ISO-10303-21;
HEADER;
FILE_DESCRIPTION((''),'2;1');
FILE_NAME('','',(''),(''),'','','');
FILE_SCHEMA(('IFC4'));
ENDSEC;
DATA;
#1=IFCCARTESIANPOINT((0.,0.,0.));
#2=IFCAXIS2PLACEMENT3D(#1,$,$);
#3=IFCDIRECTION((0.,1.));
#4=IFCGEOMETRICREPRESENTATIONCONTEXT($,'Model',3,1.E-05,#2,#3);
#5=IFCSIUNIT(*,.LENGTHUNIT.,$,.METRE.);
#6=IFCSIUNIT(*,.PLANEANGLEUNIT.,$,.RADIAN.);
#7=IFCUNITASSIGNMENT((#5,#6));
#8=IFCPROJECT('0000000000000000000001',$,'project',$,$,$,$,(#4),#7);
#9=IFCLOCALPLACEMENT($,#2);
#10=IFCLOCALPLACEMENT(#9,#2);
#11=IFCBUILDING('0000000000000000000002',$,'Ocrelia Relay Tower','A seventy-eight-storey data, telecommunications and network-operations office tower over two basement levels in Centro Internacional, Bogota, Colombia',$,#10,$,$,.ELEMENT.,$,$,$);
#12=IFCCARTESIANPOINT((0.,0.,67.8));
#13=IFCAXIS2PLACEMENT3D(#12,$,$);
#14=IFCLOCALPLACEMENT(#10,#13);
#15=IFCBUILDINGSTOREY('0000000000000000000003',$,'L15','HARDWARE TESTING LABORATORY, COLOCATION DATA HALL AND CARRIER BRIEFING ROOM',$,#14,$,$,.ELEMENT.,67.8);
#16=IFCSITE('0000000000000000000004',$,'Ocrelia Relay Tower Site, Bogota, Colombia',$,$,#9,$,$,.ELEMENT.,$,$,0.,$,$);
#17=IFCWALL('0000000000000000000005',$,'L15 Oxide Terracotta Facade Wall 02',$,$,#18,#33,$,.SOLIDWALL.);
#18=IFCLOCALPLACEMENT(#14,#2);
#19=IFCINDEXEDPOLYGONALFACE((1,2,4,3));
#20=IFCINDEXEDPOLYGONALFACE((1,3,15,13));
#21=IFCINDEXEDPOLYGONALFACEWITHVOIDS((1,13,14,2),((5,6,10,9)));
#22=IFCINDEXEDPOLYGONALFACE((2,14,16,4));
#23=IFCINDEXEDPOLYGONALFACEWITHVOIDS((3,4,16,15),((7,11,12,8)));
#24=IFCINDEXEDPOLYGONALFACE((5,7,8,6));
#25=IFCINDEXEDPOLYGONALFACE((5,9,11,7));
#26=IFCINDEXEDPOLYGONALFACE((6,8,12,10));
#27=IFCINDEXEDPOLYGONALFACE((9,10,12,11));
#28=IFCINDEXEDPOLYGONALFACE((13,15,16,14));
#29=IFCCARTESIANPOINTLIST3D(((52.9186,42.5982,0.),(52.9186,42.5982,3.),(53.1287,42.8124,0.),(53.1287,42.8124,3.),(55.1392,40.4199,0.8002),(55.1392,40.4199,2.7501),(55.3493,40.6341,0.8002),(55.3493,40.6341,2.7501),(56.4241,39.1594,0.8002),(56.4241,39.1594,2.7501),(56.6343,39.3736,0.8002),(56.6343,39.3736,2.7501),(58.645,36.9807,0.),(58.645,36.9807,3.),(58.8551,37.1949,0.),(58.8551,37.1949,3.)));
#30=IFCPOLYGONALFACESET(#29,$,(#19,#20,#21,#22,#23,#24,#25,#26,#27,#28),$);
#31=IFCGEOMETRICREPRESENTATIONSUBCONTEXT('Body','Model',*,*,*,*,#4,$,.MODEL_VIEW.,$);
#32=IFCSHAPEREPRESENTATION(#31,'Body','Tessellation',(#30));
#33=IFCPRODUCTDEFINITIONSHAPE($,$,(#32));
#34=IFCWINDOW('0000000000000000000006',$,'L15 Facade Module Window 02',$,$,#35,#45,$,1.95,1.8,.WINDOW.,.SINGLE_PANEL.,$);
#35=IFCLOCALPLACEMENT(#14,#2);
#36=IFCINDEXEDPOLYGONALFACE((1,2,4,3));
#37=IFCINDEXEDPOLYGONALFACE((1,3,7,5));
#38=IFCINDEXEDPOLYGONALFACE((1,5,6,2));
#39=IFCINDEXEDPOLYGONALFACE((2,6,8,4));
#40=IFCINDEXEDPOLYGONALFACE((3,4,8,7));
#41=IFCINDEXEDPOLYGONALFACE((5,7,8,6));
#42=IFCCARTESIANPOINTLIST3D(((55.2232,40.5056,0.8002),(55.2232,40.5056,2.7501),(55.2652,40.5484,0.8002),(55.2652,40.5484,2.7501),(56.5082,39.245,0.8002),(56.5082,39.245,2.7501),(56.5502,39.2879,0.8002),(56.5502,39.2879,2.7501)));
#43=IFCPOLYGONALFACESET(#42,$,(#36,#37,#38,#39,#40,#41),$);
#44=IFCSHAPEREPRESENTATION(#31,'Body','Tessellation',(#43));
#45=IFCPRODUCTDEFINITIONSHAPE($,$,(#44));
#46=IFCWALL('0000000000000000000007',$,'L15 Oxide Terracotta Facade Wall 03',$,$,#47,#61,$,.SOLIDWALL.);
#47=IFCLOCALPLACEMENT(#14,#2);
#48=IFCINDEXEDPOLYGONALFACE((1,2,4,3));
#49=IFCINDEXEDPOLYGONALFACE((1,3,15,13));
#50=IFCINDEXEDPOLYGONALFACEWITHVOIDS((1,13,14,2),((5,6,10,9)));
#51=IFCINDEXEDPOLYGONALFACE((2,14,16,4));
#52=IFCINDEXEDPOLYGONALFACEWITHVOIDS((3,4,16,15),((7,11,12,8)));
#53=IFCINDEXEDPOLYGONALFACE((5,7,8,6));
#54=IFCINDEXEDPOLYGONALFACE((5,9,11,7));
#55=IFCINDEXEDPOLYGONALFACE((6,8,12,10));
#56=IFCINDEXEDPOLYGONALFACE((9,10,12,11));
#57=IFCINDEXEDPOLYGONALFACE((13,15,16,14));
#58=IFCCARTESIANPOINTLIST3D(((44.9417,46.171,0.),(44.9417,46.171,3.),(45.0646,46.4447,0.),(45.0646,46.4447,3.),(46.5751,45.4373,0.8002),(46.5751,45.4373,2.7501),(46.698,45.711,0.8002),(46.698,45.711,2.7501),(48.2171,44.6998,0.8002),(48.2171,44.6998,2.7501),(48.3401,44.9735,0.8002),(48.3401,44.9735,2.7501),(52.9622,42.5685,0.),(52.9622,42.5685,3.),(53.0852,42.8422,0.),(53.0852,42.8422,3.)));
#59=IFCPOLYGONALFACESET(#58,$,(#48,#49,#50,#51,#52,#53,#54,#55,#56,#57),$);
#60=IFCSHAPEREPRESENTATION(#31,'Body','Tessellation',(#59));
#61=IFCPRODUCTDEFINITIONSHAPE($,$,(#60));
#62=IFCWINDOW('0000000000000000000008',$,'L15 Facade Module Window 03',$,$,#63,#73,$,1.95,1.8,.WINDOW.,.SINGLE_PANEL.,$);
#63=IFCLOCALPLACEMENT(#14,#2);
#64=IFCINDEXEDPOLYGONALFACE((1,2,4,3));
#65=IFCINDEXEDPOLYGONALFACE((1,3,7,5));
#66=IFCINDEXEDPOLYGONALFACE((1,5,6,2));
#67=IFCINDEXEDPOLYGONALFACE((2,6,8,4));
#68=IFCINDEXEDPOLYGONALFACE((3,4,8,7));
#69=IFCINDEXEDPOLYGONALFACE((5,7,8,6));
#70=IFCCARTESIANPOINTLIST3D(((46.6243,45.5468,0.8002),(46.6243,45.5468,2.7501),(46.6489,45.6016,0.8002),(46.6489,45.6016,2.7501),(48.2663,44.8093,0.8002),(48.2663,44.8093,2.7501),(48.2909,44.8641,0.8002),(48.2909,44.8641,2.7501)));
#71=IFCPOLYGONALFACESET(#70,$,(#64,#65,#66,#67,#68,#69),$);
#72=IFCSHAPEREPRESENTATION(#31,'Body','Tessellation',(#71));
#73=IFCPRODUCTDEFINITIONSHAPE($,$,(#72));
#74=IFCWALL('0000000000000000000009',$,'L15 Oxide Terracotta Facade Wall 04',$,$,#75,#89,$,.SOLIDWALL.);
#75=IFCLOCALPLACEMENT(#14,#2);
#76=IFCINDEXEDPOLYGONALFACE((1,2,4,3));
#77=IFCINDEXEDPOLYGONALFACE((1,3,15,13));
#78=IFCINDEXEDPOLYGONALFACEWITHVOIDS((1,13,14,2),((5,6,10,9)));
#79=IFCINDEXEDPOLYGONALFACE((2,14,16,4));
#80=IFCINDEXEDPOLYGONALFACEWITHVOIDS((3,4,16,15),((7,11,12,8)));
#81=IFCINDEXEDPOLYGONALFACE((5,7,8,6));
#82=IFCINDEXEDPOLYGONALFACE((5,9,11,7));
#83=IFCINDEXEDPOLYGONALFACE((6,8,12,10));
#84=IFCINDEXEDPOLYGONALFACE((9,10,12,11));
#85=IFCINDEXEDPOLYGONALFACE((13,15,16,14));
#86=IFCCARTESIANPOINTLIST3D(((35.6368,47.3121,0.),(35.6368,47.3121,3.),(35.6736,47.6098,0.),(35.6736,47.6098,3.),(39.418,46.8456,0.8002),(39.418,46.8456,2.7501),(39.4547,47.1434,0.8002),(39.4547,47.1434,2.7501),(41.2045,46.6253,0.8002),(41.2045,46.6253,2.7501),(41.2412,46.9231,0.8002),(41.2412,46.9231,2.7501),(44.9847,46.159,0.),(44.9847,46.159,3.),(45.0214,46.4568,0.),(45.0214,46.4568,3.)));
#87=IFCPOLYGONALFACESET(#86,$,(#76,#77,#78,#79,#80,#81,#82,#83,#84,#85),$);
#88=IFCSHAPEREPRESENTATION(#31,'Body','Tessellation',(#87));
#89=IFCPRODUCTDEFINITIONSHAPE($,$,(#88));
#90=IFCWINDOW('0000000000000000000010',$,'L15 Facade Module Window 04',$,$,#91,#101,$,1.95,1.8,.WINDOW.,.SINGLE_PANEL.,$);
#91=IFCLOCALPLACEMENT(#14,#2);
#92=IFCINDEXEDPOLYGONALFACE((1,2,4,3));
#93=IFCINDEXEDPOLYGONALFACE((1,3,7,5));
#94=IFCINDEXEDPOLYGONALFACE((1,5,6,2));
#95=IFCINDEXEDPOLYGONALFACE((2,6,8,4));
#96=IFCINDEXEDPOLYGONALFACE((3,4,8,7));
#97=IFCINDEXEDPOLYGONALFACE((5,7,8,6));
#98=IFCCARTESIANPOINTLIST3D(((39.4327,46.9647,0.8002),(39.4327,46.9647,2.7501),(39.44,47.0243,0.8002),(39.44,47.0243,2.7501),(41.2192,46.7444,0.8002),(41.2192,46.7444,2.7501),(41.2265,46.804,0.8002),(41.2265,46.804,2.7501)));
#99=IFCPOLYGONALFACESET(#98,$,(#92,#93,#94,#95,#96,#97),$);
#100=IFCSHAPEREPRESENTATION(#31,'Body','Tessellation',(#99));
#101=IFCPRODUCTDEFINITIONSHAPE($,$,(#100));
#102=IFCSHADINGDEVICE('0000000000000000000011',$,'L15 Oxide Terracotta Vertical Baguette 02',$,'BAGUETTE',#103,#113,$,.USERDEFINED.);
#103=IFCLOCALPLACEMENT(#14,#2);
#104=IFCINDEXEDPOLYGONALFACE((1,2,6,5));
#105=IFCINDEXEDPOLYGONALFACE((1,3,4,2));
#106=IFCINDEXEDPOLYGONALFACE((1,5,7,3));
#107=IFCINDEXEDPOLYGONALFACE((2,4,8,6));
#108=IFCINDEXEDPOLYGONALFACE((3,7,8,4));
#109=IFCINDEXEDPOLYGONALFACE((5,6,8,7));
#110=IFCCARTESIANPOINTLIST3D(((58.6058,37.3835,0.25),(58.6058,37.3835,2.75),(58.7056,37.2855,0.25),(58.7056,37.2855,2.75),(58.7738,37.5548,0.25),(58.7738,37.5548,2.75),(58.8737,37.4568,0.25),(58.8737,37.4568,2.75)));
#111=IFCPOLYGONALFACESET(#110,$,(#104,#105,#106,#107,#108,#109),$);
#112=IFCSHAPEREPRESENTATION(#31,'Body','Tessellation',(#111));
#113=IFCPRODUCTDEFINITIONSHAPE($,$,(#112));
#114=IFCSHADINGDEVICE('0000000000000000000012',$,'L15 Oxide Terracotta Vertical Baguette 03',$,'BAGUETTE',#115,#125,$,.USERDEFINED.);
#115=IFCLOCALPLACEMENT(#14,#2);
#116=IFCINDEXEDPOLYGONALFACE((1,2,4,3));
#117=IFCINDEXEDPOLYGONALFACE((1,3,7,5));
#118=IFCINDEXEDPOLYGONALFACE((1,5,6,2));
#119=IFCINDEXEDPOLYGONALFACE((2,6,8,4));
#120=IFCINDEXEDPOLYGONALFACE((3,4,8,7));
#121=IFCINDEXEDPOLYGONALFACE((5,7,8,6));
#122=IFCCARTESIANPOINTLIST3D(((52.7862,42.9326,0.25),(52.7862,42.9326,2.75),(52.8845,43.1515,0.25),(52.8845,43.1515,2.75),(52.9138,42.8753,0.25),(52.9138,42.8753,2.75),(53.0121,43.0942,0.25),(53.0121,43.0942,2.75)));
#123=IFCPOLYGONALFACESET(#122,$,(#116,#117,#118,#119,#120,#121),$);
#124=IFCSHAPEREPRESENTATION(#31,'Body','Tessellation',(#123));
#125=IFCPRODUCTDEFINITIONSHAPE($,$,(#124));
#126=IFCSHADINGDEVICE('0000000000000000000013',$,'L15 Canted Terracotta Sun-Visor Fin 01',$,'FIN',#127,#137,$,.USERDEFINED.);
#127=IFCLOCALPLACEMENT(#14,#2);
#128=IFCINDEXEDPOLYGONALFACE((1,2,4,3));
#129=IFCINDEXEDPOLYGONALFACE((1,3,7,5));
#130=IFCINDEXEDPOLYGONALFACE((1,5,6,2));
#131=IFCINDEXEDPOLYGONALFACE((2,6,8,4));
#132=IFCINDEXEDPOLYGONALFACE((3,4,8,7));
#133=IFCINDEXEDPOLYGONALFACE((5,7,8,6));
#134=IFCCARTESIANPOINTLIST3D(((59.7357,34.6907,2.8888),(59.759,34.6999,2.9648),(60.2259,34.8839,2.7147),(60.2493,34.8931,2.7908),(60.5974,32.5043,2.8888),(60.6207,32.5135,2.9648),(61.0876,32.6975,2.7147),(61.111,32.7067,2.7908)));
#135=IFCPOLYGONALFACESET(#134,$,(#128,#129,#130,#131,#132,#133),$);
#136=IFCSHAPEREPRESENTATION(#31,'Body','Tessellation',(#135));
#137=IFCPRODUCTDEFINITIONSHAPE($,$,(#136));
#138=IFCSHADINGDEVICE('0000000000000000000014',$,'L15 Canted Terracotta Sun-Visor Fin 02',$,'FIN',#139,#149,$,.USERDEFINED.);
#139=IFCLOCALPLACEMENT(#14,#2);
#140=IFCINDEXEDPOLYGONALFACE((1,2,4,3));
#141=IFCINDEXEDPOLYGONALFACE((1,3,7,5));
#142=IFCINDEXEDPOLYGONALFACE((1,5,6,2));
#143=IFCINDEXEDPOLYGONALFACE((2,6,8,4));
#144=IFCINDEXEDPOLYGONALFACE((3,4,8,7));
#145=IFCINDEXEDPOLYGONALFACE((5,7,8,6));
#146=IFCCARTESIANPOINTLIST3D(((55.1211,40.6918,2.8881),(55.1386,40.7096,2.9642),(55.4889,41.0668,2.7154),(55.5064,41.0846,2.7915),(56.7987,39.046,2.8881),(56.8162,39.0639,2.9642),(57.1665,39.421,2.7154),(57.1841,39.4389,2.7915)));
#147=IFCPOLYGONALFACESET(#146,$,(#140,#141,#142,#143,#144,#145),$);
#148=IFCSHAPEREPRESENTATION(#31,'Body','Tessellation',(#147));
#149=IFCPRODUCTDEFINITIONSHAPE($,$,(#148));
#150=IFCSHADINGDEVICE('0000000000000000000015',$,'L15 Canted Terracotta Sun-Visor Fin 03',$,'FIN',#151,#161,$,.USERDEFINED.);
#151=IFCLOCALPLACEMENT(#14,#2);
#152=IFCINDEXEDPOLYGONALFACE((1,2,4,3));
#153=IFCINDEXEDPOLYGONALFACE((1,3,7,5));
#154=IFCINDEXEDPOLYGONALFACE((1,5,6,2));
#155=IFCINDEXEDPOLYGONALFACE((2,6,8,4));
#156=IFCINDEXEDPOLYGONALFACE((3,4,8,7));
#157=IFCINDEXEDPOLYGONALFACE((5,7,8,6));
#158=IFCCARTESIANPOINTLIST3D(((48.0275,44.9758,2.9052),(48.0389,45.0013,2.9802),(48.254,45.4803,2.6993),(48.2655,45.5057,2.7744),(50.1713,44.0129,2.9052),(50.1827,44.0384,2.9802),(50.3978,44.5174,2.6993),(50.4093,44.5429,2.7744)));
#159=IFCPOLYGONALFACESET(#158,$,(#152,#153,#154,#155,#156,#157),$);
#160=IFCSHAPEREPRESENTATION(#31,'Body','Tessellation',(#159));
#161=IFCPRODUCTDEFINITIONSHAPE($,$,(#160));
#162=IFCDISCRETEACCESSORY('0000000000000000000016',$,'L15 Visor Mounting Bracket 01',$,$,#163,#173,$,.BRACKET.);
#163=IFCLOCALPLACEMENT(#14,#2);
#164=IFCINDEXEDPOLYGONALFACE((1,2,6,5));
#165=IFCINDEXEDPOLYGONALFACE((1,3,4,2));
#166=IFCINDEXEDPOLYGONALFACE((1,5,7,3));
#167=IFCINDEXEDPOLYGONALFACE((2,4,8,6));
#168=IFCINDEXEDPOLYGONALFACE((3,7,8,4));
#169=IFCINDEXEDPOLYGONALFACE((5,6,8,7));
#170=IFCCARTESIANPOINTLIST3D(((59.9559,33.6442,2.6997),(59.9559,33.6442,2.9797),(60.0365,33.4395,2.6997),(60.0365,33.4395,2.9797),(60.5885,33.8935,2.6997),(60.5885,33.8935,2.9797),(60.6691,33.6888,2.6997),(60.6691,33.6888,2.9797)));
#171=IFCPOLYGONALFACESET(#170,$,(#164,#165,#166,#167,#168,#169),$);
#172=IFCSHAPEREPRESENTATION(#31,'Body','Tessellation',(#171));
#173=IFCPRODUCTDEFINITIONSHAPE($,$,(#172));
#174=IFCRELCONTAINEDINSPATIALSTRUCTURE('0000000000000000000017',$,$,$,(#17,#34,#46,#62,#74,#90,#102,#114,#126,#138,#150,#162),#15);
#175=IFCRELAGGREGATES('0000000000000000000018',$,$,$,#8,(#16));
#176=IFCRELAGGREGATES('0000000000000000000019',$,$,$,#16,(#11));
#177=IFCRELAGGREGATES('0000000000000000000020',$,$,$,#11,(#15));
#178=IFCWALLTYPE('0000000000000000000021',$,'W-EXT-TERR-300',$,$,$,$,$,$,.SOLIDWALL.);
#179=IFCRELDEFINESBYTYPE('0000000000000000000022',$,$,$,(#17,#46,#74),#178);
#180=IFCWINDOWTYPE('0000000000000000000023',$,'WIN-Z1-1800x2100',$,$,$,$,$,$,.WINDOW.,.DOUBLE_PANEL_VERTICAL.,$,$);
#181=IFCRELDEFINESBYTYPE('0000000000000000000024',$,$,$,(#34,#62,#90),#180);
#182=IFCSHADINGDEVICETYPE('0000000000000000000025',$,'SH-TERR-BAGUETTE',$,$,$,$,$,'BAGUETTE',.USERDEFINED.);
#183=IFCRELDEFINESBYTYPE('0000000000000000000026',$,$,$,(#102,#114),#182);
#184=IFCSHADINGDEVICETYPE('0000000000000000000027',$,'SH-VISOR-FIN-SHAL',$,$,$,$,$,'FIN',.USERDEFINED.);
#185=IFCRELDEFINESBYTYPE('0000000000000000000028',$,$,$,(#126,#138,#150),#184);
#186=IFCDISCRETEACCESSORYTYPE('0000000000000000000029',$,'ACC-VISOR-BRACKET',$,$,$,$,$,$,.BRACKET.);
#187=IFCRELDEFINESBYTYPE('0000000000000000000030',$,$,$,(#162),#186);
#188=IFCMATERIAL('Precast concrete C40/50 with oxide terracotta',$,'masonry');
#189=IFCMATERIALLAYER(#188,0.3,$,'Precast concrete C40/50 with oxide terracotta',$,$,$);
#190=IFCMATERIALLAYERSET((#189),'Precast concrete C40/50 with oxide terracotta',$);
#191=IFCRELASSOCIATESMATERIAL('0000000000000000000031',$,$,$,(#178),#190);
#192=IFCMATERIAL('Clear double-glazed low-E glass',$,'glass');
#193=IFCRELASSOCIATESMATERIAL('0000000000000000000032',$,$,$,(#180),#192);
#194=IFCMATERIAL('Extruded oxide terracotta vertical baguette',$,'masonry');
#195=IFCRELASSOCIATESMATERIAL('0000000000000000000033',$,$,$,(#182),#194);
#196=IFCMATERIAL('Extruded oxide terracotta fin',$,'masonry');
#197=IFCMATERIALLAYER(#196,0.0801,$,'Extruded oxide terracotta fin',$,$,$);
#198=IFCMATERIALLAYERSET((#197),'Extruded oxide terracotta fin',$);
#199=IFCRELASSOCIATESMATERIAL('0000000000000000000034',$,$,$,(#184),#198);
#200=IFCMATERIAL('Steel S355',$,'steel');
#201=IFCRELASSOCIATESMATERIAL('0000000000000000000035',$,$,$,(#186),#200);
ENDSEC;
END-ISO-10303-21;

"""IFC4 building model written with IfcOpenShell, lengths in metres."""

from ifc_helpers import new_model, si_unit, direction, frame, frame_2d, origin, origin_2d, place, context, subcontext, project, spatial, rectangle, extrude, material, layer, layer_set, type_object, element, fill, save


model = new_model("IFC4")

# Units and contexts
model_context = context("Model", 3, precision=1e-05, world=origin(), true_north=direction((0.0, 1.0)))
body_context = subcontext(model_context, "Body", "Model", "MODEL_VIEW")
ifc_project = project(units=[si_unit("LENGTHUNIT", "METRE"), si_unit("PLANEANGLEUNIT", "RADIAN")], contexts=[model_context])

# Site, building, storey
site_placement = place(None, origin())
site = spatial("IfcSite", under=ifc_project, at=site_placement, Name="Ocrelia Relay Tower Site, Bogota, Colombia", CompositionType="ELEMENT", RefElevation=0.0)
building_placement = place(site_placement, origin())
building = spatial("IfcBuilding", under=site, at=building_placement, Name="Ocrelia Relay Tower", Description="A seventy-eight-storey data, telecommunications and network-operations office tower over two basement levels in Centro Internacional, Bogota, Colombia", CompositionType="ELEMENT")
storey_placement = place(building_placement, frame((0.0, 0.0, 67.8)))
storey = spatial("IfcBuildingStorey", under=building, at=storey_placement, Name="L15", Description="HARDWARE TESTING LABORATORY, COLOCATION DATA HALL AND CARRIER BRIEFING ROOM", CompositionType="ELEMENT", Elevation=67.8)

# Shared definitions
ifc_material_1 = material(Name="Steel S355", Category="steel")

# Shared definitions
ifc_material_2 = material(Name="Clear double-glazed low-E glass", Category="glass")

# Walls, openings, windows
ifc_material_3 = material(Name="Precast concrete C40/50 with oxide terracotta", Category="masonry")
ifc_layer_1 = layer(ifc_material_3, 0.3, Name="Precast concrete C40/50 with oxide terracotta")
ifc_layer_set_1 = layer_set([ifc_layer_1], Name="Precast concrete C40/50 with oxide terracotta")
wall_type = type_object("IfcWallType", Name="W-EXT-TERR-300", PredefinedType="SOLIDWALL", material=ifc_layer_set_1)
wall_1_placement = place(storey_placement, frame((58.75, 37.0879, 0.0), z_axis=(0.0, 0.0, 1.0), x_axis=(-0.713861, 0.700287, 0.0)))
wall_1 = element("IfcWall", 1, at=wall_1_placement, inside=storey, type_object=wall_type, Name="L15 Oxide Terracotta Facade Wall 02", PredefinedType="SOLIDWALL", context=body_context, shape_type="SweptSolid", body=[
    extrude(rectangle(XDim=8.0217, YDim=0.3, at=frame_2d((4.0107, 0.0))), origin(), (0.0, 0.0, 1.0), 3.0),
])
opening_1_placement = place(wall_1_placement, frame((3.1111, 0.0, 0.8)))
opening_1 = element("IfcOpeningElement", 2, at=opening_1_placement, cuts=wall_1, PredefinedType="OPENING", context=body_context, shape_type="SweptSolid", body=[
    extrude(rectangle(XDim=1.8, YDim=1.95, at=frame_2d((0.8999, 0.9751))), frame((0.0, 0.1602, 0.0), z_axis=(0.0, -1.0, 0.0), x_axis=(1.0, 0.0, 0.0)), (0.0, 0.0, 1.0), 0.3201),
])
window_type = type_object("IfcWindowType", Name="WIN-Z1-1800x2100", PartitioningType="DOUBLE_PANEL_VERTICAL", PredefinedType="WINDOW", material=ifc_material_2)
window_1_placement = place(opening_1_placement, origin())
window_1 = element("IfcWindow", 3, at=window_1_placement, inside=storey, type_object=window_type, Name="L15 Facade Module Window 02", OverallHeight=1.95, OverallWidth=1.8, PartitioningType="SINGLE_PANEL", PredefinedType="WINDOW", context=body_context, shape_type="SweptSolid", body=[
    extrude(rectangle(XDim=1.8, YDim=1.95, at=frame_2d((0.8999, 0.9751))), frame((0.0, 0.03, 0.0), z_axis=(0.0, -1.0, 0.0), x_axis=(1.0, 0.0, 0.0)), (0.0, 0.0, 1.0), 0.0601),
])
fill(opening_1, window_1)
wall_2_placement = place(storey_placement, frame((53.0237, 42.7053, 0.0), z_axis=(0.0, 0.0, 1.0), x_axis=(-0.912206, 0.409732, 0.0)))
wall_2 = element("IfcWall", 4, at=wall_2_placement, inside=storey, type_object=wall_type, Name="L15 Oxide Terracotta Facade Wall 03", PredefinedType="SOLIDWALL", context=body_context, shape_type="SweptSolid", body=[
    extrude(rectangle(XDim=8.7925, YDim=0.3, at=frame_2d((4.3962, 0.0))), origin(), (0.0, 0.0, 1.0), 3.0),
])
opening_2_placement = place(wall_2_placement, frame((5.2019, 0.0, 0.8)))
opening_2 = element("IfcOpeningElement", 5, at=opening_2_placement, cuts=wall_2, PredefinedType="OPENING", context=body_context, shape_type="SweptSolid", body=[
    extrude(rectangle(XDim=1.8, YDim=1.95, at=frame_2d((0.8999, 0.9751))), frame((0.0, 0.1602, 0.0), z_axis=(0.0, -1.0, 0.0), x_axis=(1.0, 0.0, 0.0)), (0.0, 0.0, 1.0), 0.3201),
])
window_2_placement = place(opening_2_placement, origin())
window_2 = element("IfcWindow", 6, at=window_2_placement, inside=storey, type_object=window_type, Name="L15 Facade Module Window 03", OverallHeight=1.95, OverallWidth=1.8, PartitioningType="SINGLE_PANEL", PredefinedType="WINDOW", context=body_context, shape_type="SweptSolid", body=[
    extrude(rectangle(XDim=1.8, YDim=1.95, at=frame_2d((0.8999, 0.9751))), frame((0.0, 0.03, 0.0), z_axis=(0.0, -1.0, 0.0), x_axis=(1.0, 0.0, 0.0)), (0.0, 0.0, 1.0), 0.0601),
])
fill(opening_2, window_2)
wall_3_placement = place(storey_placement, frame((45.0032, 46.3079, 0.0), z_axis=(0.0, 0.0, 1.0), x_axis=(-0.992478, 0.122423, 0.0)))
wall_3 = element("IfcWall", 7, at=wall_3_placement, inside=storey, type_object=wall_type, Name="L15 Oxide Terracotta Facade Wall 04", PredefinedType="SOLIDWALL", context=body_context, shape_type="SweptSolid", body=[
    extrude(rectangle(XDim=9.4187, YDim=0.3, at=frame_2d((4.7095, 0.0))), origin(), (0.0, 0.0, 1.0), 3.0),
])
opening_3_placement = place(wall_3_placement, frame((3.8091, 0.0, 0.8)))
opening_3 = element("IfcOpeningElement", 8, at=opening_3_placement, cuts=wall_3, PredefinedType="OPENING", context=body_context, shape_type="SweptSolid", body=[
    extrude(rectangle(XDim=1.8, YDim=1.95, at=frame_2d((0.8999, 0.9751))), frame((0.0, 0.1602, 0.0), z_axis=(0.0, -1.0, 0.0), x_axis=(1.0, 0.0, 0.0)), (0.0, 0.0, 1.0), 0.3201),
])
window_3_placement = place(opening_3_placement, origin())
window_3 = element("IfcWindow", 9, at=window_3_placement, inside=storey, type_object=window_type, Name="L15 Facade Module Window 04", OverallHeight=1.95, OverallWidth=1.8, PartitioningType="SINGLE_PANEL", PredefinedType="WINDOW", context=body_context, shape_type="SweptSolid", body=[
    extrude(rectangle(XDim=1.8, YDim=1.95, at=frame_2d((0.8999, 0.9751))), frame((0.0, 0.03, 0.0), z_axis=(0.0, -1.0, 0.0), x_axis=(1.0, 0.0, 0.0)), (0.0, 0.0, 1.0), 0.0601),
])
fill(opening_3, window_3)

# Shading devices
ifc_material_4 = material(Name="Extruded oxide terracotta vertical baguette", Category="masonry")
shading_device_type_1 = type_object("IfcShadingDeviceType", Name="SH-TERR-BAGUETTE", ElementType="BAGUETTE", PredefinedType="USERDEFINED", material=ifc_material_4)
for number, where, z_axis, x_axis, name in (
    (10, (58.7397, 37.4202, 0.25), (0.0, 0.0, 1.0), (-0.71385, 0.700299, 0.0), "L15 Oxide Terracotta Vertical Baguette 02"),
    (11, (52.8992, 43.0134, 0.25), (0.0, 0.0, 1.0), (-0.912211, 0.40972, 0.0), "L15 Oxide Terracotta Vertical Baguette 03"),
):
    element("IfcShadingDevice", number, at=place(storey_placement, frame(where, z_axis=z_axis, x_axis=x_axis)), inside=storey, type_object=shading_device_type_1, Name=name, ObjectType="BAGUETTE", PredefinedType="USERDEFINED", context=body_context, shape_type="SweptSolid", body=[
        extrude(rectangle(XDim=0.1399, YDim=0.24, at=origin_2d()), origin(), (0.0, 0.0, 1.0), 2.5),
    ])
ifc_material_5 = material(Name="Extruded oxide terracotta fin", Category="masonry")
ifc_layer_2 = layer(ifc_material_5, 0.0801, Name="Extruded oxide terracotta fin")
ifc_layer_set_2 = layer_set([ifc_layer_2], Name="Extruded oxide terracotta fin")
shading_device_type_2 = type_object("IfcShadingDeviceType", Name="SH-VISOR-FIN-SHAL", ElementType="FIN", PredefinedType="USERDEFINED", material=ifc_layer_set_2)
shading_device_1_placement = place(storey_placement, frame((60.4116, 33.6941, 2.8018), z_axis=(0.291815, 0.115009, 0.949535), x_axis=(-0.366667, 0.930352, 0.0)))
element("IfcShadingDevice", 12, at=shading_device_1_placement, inside=storey, type_object=shading_device_type_2, Name="L15 Canted Terracotta Sun-Visor Fin 01", ObjectType="FIN", PredefinedType="USERDEFINED", context=body_context, shape_type="SweptSolid", body=[
    extrude(rectangle(XDim=2.3501, YDim=0.5549, at=origin_2d()), origin(), (0.0, 0.0, 1.0), 0.0801),
])
shading_device_2_placement = place(storey_placement, frame((56.1438, 40.0564, 2.8018), z_axis=(0.218728, 0.22296, 0.949972), x_axis=(-0.71385, 0.700299, 0.0)))
element("IfcShadingDevice", 13, at=shading_device_2_placement, inside=storey, type_object=shading_device_type_2, Name="L15 Canted Terracotta Sun-Visor Fin 02", ObjectType="FIN", PredefinedType="USERDEFINED", context=body_context, shape_type="SweptSolid", body=[
    extrude(rectangle(XDim=2.3501, YDim=0.553, at=origin_2d()), origin(), (0.0, 0.0, 1.0), 0.0801),
])
shading_device_3_placement = place(storey_placement, frame((49.2126, 44.7466, 2.8022), z_axis=(0.142951, 0.31827, 0.93716), x_axis=(-0.912211, 0.40972, 0.0)))
element("IfcShadingDevice", 14, at=shading_device_3_placement, inside=storey, type_object=shading_device_type_2, Name="L15 Canted Terracotta Sun-Visor Fin 03", ObjectType="FIN", PredefinedType="USERDEFINED", context=body_context, shape_type="SweptSolid", body=[
    extrude(rectangle(XDim=2.3501, YDim=0.5901, at=origin_2d()), origin(), (0.0, 0.0, 1.0), 0.0801),
])

# Discrete accessory
discrete_accessory_type = type_object("IfcDiscreteAccessoryType", Name="ACC-VISOR-BRACKET", PredefinedType="BRACKET", material=ifc_material_1)
for number, where, z_axis, x_axis, name in (
    (15, (60.3125, 33.6665, 2.6997), (0.0, 0.0, 1.0), (-0.366667, 0.930352, 0.0), "L15 Visor Mounting Bracket 01"),
):
    element("IfcDiscreteAccessory", number, at=place(storey_placement, frame(where, z_axis=z_axis, x_axis=x_axis)), inside=storey, type_object=discrete_accessory_type, Name=name, PredefinedType="BRACKET", context=body_context, shape_type="SweptSolid", body=[
        extrude(rectangle(XDim=0.22, YDim=0.6799, at=origin_2d()), origin(), (0.0, 0.0, 1.0), 0.28),
    ])

save(model, "model.ifc")
